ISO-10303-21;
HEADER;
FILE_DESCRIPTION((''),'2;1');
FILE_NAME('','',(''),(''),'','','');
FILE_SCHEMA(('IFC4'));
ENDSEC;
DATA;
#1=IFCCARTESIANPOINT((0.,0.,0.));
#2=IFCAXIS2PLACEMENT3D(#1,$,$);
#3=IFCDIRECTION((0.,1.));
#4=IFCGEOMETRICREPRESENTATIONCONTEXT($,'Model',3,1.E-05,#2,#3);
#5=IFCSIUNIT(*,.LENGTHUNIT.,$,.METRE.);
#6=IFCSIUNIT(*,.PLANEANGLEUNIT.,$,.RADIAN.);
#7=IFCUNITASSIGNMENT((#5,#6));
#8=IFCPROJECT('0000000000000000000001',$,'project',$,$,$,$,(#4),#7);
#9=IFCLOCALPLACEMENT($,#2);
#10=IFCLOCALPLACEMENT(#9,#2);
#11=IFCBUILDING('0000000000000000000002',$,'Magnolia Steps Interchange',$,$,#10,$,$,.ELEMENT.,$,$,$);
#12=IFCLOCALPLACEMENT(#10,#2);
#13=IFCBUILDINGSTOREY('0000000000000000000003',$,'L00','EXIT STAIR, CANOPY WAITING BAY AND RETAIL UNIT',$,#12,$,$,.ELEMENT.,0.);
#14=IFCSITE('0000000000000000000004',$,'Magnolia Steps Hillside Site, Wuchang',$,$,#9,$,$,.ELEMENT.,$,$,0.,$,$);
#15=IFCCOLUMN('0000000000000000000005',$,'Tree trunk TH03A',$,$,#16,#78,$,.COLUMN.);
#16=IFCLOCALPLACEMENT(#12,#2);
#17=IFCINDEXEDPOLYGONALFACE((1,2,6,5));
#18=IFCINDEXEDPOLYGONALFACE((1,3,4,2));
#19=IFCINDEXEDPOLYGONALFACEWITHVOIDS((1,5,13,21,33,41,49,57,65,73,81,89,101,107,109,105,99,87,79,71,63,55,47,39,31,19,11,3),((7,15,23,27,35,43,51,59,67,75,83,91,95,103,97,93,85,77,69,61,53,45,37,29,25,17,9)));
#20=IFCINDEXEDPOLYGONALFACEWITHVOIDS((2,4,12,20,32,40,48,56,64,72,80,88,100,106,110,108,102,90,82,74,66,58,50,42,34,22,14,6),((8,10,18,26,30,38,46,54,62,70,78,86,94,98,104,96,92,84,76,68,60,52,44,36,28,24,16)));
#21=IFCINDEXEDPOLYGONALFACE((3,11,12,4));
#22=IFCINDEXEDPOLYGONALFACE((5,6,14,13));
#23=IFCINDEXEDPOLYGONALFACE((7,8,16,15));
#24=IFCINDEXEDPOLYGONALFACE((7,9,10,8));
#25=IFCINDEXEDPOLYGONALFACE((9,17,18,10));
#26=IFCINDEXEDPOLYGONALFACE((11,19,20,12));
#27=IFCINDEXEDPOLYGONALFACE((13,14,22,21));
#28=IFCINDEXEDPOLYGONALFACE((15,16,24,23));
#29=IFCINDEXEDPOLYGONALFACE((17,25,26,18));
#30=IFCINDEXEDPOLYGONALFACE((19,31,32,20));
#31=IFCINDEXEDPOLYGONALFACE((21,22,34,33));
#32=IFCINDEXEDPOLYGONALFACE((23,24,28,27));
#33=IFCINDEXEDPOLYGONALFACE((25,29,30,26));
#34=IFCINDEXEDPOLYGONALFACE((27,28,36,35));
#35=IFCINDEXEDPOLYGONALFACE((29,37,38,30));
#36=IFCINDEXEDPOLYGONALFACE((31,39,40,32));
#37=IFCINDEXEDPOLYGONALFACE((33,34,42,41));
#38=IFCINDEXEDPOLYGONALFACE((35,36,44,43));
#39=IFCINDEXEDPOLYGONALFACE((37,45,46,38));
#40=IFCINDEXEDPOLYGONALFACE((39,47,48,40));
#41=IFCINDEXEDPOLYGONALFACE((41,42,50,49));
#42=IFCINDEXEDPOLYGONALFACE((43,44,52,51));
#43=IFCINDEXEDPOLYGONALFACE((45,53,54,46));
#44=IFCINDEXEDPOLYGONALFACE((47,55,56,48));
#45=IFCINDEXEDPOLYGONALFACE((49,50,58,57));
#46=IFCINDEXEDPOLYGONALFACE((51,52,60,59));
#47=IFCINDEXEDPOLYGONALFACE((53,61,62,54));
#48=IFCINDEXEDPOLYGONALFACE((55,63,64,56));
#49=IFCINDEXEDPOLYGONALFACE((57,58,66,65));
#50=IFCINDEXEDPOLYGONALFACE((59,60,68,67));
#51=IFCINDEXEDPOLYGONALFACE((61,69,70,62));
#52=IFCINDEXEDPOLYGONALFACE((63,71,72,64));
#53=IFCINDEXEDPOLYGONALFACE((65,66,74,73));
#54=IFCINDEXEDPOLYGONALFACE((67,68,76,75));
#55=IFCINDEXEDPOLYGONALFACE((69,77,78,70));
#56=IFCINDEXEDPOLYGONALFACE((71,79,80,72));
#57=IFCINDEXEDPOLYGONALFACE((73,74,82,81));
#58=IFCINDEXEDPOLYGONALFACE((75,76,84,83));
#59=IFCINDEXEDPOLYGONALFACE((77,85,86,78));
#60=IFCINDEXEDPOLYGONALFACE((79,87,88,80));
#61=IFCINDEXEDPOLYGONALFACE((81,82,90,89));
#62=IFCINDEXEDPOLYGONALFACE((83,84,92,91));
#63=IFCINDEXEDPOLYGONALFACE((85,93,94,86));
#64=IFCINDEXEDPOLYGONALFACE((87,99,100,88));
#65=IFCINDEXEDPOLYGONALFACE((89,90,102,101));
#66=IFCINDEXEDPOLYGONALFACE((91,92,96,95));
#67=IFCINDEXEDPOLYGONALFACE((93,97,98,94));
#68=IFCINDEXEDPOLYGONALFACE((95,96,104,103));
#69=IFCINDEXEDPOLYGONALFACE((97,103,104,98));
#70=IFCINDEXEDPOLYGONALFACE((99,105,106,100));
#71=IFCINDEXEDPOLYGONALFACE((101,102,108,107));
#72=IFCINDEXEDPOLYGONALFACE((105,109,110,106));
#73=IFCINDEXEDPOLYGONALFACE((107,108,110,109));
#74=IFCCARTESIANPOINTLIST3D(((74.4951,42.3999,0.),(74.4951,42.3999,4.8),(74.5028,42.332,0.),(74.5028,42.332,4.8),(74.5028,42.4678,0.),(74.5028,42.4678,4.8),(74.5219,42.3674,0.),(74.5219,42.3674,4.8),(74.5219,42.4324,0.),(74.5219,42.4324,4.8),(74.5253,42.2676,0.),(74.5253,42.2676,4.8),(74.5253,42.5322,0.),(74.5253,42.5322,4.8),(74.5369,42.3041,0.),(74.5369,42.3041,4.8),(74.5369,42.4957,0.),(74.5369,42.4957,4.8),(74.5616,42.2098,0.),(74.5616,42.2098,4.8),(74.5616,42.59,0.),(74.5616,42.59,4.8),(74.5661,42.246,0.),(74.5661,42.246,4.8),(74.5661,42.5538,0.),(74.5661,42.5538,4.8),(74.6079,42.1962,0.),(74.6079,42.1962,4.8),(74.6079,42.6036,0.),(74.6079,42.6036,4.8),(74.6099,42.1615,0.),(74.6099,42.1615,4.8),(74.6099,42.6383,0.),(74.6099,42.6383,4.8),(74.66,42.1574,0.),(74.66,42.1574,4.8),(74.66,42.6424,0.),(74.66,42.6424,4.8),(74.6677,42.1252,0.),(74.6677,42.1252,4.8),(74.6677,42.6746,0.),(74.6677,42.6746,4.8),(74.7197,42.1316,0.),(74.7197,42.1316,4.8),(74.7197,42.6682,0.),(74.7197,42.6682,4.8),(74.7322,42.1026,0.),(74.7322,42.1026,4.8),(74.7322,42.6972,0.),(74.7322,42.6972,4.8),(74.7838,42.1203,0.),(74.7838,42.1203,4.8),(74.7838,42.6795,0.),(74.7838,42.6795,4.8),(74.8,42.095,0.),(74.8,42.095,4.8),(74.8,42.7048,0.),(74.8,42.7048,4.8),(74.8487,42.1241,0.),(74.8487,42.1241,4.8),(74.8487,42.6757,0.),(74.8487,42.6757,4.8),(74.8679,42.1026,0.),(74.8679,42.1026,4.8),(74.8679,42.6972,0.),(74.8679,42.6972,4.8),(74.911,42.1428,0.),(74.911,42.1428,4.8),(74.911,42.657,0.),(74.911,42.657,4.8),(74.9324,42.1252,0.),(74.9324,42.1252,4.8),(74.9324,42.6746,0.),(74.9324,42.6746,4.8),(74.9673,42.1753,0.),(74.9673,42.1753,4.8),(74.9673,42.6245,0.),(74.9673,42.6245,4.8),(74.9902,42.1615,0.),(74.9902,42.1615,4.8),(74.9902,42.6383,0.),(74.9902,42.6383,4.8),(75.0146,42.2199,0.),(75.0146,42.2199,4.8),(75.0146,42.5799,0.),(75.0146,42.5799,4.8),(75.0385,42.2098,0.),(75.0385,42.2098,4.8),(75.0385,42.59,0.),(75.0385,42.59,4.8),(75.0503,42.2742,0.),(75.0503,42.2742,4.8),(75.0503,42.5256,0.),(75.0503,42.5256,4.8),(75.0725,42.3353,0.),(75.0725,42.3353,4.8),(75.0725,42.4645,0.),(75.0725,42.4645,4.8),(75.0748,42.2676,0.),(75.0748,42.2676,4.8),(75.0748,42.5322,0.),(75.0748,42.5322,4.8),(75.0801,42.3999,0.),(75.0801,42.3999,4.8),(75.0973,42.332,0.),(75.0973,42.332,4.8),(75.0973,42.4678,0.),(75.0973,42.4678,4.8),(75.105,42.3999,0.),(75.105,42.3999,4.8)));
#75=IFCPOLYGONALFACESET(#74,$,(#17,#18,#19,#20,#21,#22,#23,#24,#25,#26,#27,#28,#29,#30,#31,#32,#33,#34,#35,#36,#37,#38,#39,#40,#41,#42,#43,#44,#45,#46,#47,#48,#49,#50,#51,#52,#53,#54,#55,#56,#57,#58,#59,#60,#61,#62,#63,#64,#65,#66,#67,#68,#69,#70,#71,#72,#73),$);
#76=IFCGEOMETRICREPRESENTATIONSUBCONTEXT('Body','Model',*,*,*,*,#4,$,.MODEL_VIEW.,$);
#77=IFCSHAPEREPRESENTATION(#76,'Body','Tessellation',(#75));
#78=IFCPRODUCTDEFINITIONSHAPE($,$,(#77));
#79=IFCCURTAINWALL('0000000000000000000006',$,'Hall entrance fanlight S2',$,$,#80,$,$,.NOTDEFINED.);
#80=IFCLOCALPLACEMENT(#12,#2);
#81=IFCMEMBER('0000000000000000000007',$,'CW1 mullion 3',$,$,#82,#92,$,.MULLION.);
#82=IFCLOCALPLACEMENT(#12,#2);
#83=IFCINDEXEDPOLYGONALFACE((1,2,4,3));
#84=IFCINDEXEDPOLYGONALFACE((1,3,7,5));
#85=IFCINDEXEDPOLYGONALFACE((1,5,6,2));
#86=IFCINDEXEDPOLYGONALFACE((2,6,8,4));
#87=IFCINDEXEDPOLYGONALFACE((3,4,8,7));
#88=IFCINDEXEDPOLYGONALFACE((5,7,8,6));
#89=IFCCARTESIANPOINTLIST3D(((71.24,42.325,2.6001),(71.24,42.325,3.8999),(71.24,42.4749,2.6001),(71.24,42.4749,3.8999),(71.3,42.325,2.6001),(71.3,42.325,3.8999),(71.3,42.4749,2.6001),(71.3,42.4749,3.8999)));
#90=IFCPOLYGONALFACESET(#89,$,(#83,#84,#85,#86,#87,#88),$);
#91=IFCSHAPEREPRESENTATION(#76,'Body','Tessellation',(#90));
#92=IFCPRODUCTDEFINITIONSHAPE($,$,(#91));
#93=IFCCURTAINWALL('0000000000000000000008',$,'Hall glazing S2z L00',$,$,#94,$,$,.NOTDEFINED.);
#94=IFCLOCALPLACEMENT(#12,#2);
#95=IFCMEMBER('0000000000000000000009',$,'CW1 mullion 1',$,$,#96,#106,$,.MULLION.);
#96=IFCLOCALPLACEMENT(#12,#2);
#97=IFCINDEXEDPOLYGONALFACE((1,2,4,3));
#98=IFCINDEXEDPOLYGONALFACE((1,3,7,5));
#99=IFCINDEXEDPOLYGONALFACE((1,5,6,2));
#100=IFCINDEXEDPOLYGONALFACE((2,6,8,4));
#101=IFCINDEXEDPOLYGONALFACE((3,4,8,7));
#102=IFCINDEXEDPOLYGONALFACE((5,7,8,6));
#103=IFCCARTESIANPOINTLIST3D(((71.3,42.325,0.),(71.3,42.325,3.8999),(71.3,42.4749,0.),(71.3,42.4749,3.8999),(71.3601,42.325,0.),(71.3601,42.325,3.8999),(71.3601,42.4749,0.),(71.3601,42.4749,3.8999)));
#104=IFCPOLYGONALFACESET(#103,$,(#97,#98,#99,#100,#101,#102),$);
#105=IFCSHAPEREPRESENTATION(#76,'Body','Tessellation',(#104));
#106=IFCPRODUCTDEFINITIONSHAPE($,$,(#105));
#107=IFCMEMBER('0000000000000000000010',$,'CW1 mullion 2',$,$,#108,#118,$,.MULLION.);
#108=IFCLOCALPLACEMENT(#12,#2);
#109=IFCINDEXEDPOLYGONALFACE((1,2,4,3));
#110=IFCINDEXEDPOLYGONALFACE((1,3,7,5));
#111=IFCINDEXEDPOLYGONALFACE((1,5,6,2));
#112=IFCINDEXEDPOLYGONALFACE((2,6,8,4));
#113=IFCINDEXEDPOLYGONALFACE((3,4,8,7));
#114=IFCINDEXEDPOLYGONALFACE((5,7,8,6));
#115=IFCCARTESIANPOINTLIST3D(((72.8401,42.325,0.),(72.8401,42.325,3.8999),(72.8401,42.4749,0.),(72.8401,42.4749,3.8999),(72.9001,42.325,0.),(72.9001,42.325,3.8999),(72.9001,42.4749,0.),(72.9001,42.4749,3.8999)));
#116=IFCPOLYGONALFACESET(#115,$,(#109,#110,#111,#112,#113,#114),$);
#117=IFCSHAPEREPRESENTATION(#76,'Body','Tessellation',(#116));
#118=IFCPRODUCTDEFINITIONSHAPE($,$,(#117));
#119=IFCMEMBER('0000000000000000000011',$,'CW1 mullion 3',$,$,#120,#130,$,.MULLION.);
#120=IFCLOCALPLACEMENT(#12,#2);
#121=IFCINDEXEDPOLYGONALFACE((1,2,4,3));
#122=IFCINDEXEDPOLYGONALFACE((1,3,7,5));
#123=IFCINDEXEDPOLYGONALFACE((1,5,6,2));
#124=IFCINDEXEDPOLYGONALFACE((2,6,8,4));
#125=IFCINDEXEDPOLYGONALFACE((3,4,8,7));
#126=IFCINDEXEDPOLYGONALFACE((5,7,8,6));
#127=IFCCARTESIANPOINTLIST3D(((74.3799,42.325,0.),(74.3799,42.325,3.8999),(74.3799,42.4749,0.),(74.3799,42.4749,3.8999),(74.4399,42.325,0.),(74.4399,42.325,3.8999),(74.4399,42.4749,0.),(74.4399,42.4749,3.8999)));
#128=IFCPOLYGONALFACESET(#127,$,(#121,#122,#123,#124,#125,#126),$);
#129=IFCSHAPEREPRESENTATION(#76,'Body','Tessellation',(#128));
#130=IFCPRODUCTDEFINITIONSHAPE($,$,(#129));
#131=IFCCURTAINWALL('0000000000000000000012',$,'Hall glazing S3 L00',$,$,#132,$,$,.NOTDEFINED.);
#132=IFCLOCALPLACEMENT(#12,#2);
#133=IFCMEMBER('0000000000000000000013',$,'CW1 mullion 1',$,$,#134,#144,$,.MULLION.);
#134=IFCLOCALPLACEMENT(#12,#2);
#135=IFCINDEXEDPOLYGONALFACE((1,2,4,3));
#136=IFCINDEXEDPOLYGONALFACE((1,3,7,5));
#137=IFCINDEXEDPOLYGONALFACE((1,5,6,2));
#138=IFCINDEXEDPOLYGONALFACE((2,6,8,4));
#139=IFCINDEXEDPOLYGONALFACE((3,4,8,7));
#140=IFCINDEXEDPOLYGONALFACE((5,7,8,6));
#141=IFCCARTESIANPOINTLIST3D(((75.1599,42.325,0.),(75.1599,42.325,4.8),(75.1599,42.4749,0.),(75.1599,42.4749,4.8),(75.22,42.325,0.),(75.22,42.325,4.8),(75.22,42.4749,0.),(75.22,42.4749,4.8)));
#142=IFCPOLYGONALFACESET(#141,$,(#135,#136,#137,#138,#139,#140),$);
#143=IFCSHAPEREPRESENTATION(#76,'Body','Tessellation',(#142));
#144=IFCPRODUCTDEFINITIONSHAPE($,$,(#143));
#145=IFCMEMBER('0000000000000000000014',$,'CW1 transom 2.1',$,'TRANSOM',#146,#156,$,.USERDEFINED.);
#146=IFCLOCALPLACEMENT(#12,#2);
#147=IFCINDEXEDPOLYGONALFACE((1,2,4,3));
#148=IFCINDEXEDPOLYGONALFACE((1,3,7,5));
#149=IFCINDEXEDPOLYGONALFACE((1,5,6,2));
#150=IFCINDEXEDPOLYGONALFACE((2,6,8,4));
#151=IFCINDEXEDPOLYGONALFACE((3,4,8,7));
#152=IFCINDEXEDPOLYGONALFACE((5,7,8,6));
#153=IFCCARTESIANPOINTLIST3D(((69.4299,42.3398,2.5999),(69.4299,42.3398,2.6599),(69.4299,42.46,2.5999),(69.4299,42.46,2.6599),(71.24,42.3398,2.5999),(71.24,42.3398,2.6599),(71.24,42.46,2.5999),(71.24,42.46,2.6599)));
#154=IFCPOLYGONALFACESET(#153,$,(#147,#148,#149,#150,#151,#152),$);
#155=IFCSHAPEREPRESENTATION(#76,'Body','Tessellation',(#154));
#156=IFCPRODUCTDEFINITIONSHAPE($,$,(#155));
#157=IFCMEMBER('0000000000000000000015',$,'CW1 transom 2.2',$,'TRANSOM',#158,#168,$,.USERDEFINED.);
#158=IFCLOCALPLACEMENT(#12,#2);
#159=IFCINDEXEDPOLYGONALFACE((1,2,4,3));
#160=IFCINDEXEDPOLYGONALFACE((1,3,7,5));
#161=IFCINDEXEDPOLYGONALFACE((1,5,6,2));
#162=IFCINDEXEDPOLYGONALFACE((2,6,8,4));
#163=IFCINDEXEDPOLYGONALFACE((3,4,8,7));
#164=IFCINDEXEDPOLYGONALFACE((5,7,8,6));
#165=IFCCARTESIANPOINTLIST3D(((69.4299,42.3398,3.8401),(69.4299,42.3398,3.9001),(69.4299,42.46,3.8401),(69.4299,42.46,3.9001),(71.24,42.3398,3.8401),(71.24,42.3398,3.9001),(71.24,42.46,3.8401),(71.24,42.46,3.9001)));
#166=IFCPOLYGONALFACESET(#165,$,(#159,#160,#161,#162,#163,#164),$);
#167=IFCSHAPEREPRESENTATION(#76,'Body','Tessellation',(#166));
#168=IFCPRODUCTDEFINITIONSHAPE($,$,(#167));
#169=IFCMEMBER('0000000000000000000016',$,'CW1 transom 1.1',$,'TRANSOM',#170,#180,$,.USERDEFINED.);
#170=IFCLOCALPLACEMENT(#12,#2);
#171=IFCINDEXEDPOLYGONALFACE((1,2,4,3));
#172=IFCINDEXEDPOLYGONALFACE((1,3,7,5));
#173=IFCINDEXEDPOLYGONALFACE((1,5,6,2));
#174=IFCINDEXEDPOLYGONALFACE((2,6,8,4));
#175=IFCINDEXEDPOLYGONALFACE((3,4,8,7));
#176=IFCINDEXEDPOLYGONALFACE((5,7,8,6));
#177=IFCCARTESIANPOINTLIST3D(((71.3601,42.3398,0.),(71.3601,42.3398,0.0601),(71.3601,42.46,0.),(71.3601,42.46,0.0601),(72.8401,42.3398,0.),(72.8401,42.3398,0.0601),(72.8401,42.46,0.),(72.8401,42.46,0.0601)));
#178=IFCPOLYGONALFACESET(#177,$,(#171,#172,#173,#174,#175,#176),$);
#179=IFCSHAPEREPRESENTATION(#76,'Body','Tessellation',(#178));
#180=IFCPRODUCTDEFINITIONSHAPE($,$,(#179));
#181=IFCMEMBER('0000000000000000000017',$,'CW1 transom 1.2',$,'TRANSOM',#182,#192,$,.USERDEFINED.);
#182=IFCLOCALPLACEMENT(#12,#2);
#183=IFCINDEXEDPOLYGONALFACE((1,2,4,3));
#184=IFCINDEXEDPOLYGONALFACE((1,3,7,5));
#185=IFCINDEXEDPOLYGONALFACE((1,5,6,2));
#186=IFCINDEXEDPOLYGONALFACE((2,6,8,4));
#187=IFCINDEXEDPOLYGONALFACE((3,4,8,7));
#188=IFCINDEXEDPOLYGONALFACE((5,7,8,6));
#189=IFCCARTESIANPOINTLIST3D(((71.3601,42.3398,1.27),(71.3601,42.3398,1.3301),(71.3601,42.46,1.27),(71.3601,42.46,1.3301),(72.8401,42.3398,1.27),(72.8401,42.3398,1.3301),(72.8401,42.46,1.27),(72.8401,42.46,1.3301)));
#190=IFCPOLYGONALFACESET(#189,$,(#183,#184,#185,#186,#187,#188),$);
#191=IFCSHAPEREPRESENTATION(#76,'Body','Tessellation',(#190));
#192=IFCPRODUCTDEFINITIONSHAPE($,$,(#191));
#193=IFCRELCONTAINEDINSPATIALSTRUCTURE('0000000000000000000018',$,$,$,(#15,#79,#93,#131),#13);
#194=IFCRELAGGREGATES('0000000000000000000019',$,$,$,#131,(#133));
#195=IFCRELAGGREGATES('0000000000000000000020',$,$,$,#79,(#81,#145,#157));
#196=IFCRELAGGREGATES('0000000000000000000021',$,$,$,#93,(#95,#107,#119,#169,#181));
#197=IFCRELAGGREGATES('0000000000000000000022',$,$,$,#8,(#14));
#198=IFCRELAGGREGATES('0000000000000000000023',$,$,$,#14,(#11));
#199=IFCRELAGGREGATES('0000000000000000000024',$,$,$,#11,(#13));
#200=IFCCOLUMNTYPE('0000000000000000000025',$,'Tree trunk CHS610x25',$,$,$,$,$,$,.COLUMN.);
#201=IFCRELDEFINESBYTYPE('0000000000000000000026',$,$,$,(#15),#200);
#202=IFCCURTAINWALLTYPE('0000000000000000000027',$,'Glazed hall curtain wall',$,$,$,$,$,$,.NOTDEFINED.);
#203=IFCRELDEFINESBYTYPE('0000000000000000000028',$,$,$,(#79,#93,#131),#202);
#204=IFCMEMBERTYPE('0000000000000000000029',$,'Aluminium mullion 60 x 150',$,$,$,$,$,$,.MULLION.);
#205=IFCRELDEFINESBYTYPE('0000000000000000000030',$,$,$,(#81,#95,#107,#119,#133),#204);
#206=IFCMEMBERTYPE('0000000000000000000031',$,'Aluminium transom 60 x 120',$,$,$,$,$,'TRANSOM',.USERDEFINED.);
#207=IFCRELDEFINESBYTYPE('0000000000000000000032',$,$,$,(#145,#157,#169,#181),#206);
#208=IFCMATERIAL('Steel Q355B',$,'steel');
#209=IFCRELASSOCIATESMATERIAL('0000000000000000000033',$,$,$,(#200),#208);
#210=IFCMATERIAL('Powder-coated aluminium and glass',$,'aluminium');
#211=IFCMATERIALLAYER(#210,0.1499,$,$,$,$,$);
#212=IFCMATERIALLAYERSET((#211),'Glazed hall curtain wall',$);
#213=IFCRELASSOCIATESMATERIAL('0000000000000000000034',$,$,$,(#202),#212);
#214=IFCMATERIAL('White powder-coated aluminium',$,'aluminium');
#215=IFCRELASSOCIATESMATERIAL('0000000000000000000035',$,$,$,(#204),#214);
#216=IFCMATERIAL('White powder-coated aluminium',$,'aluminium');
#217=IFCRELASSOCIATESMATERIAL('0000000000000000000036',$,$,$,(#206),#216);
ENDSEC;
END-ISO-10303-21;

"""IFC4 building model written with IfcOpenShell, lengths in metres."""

from ifc_helpers import new_model, si_unit, direction, frame, origin, origin_2d, place, context, subcontext, project, spatial, rectangle, hollow_circle, extrude, material, layer, layer_set, material_profile, profile_set, type_object, element, aggregate, save


model = new_model("IFC4")

# Units and contexts
model_context = context("Model", 3, precision=1e-05, world=origin(), true_north=direction((0.0, 1.0)))
body_context = subcontext(model_context, "Body", "Model", "MODEL_VIEW")
ifc_project = project(units=[si_unit("LENGTHUNIT", "METRE"), si_unit("PLANEANGLEUNIT", "RADIAN")], contexts=[model_context])

# Site, building, storey
site_placement = place(None, origin())
site = spatial("IfcSite", under=ifc_project, at=site_placement, Name="Magnolia Steps Hillside Site, Wuchang", CompositionType="ELEMENT", RefElevation=0.0)
building_placement = place(site_placement, origin())
building = spatial("IfcBuilding", under=site, at=building_placement, Name="Magnolia Steps Interchange", CompositionType="ELEMENT")
storey_placement = place(building_placement, origin())
storey = spatial("IfcBuildingStorey", under=building, at=storey_placement, Name="L00", Description="EXIT STAIR, CANOPY WAITING BAY AND RETAIL UNIT", CompositionType="ELEMENT", Elevation=0.0)

# Column
ifc_material_1 = material(Name="Steel Q355B", Category="steel")
ifc_material_profile_1 = material_profile(ifc_material_1, hollow_circle(Radius=0.3049, WallThickness=0.0249, at=origin_2d()), Name="CHS610x25")
ifc_profile_set_1 = profile_set([ifc_material_profile_1], Name="Steel Q355B")
column_type = type_object("IfcColumnType", Name="Tree trunk CHS610x25", PredefinedType="COLUMN", material=ifc_profile_set_1)
column_placement = place(storey_placement, frame((74.8, 42.3999, 0.0), z_axis=(0.0, 0.0, 1.0), x_axis=(1.0, 0.0, 0.0)))
element("IfcColumn", 1, at=column_placement, inside=storey, type_object=column_type, Name="Tree trunk TH03A", PredefinedType="COLUMN", context=body_context, shape_type="SweptSolid", body=[
    extrude(hollow_circle(Radius=0.3049, WallThickness=0.0249, at=origin_2d()), origin(), (0.0, 0.0, 1.0), 4.8),
])

# Curtain wall, member
ifc_material_2 = material(Name="Powder-coated aluminium and glass", Category="aluminium")
ifc_layer_1 = layer(ifc_material_2, 0.1499)
ifc_layer_set_1 = layer_set([ifc_layer_1], Name="Glazed hall curtain wall")
curtain_wall_type = type_object("IfcCurtainWallType", Name="Glazed hall curtain wall", PredefinedType="NOTDEFINED", material=ifc_layer_set_1)
curtain_wall_1_placement = place(storey_placement, origin())
curtain_wall_1 = element("IfcCurtainWall", 2, at=curtain_wall_1_placement, inside=storey, type_object=curtain_wall_type, Name="Hall entrance fanlight S2", PredefinedType="NOTDEFINED")
ifc_material_3 = material(Name="White powder-coated aluminium", Category="aluminium")
ifc_material_profile_2 = material_profile(ifc_material_3, rectangle(XDim=0.0601, YDim=0.1499, at=origin_2d()), Name="Aluminium mullion 60 x 150")
ifc_profile_set_2 = profile_set([ifc_material_profile_2], Name="White powder-coated aluminium")
member_type_1 = type_object("IfcMemberType", Name="Aluminium mullion 60 x 150", PredefinedType="MULLION", material=ifc_profile_set_2)
member_1_placement = place(storey_placement, frame((71.27, 42.3999, 2.6001), z_axis=(0.0, 0.0, 1.0), x_axis=(1.0, 0.0, 0.0)))
member_1 = element("IfcMember", 3, at=member_1_placement, type_object=member_type_1, Name="CW1 mullion 3", PredefinedType="MULLION", context=body_context, shape_type="SweptSolid", body=[
    extrude(rectangle(XDim=0.0601, YDim=0.1499, at=origin_2d()), origin(), (0.0, 0.0, 1.0), 1.2998),
])

# Curtain wall, members
curtain_wall_2_placement = place(storey_placement, origin())
curtain_wall_2 = element("IfcCurtainWall", 4, at=curtain_wall_2_placement, inside=storey, type_object=curtain_wall_type, Name="Hall glazing S2z L00", PredefinedType="NOTDEFINED")
member_2_placement = place(storey_placement, frame((71.3301, 42.3999, 0.0), z_axis=(0.0, 0.0, 1.0), x_axis=(1.0, 0.0, 0.0)))
member_2 = element("IfcMember", 5, at=member_2_placement, type_object=member_type_1, Name="CW1 mullion 1", PredefinedType="MULLION", context=body_context, shape_type="SweptSolid", body=[
    extrude(rectangle(XDim=0.0601, YDim=0.1499, at=origin_2d()), origin(), (0.0, 0.0, 1.0), 3.8999),
])
member_3_placement = place(storey_placement, frame((72.8701, 42.3999, 0.0), z_axis=(0.0, 0.0, 1.0), x_axis=(1.0, 0.0, 0.0)))
member_3 = element("IfcMember", 6, at=member_3_placement, type_object=member_type_1, Name="CW1 mullion 2", PredefinedType="MULLION", context=body_context, shape_type="SweptSolid", body=[
    extrude(rectangle(XDim=0.0601, YDim=0.1499, at=origin_2d()), origin(), (0.0, 0.0, 1.0), 3.8999),
])
member_4_placement = place(storey_placement, frame((74.4099, 42.3999, 0.0), z_axis=(0.0, 0.0, 1.0), x_axis=(1.0, 0.0, 0.0)))
member_4 = element("IfcMember", 7, at=member_4_placement, type_object=member_type_1, Name="CW1 mullion 3", PredefinedType="MULLION", context=body_context, shape_type="SweptSolid", body=[
    extrude(rectangle(XDim=0.0601, YDim=0.1499, at=origin_2d()), origin(), (0.0, 0.0, 1.0), 3.8999),
])

# Curtain wall, member
curtain_wall_3_placement = place(storey_placement, origin())
curtain_wall_3 = element("IfcCurtainWall", 8, at=curtain_wall_3_placement, inside=storey, type_object=curtain_wall_type, Name="Hall glazing S3 L00", PredefinedType="NOTDEFINED")
member_5_placement = place(storey_placement, frame((75.1899, 42.3999, 0.0), z_axis=(0.0, 0.0, 1.0), x_axis=(1.0, 0.0, 0.0)))
member_5 = element("IfcMember", 9, at=member_5_placement, type_object=member_type_1, Name="CW1 mullion 1", PredefinedType="MULLION", context=body_context, shape_type="SweptSolid", body=[
    extrude(rectangle(XDim=0.0601, YDim=0.1499, at=origin_2d()), origin(), (0.0, 0.0, 1.0), 4.8),
])

# Members
ifc_material_4 = material(Name="White powder-coated aluminium", Category="aluminium")
ifc_material_profile_3 = material_profile(ifc_material_4, rectangle(XDim=0.0601, YDim=0.1201, at=origin_2d()), Name="Aluminium transom 60 x 120")
ifc_profile_set_3 = profile_set([ifc_material_profile_3], Name="White powder-coated aluminium")
member_type_2 = type_object("IfcMemberType", Name="Aluminium transom 60 x 120", ElementType="TRANSOM", PredefinedType="USERDEFINED", material=ifc_profile_set_3)
member_6_placement = place(storey_placement, frame((69.4299, 42.3999, 2.6299), z_axis=(1.0, 0.0, 0.0), x_axis=(0.0, 0.0, 1.0)))
member_6 = element("IfcMember", 10, at=member_6_placement, type_object=member_type_2, Name="CW1 transom 2.1", ObjectType="TRANSOM", PredefinedType="USERDEFINED", context=body_context, shape_type="SweptSolid", body=[
    extrude(rectangle(XDim=0.0601, YDim=0.1201, at=origin_2d()), origin(), (0.0, 0.0, 1.0), 1.8101),
])
member_7_placement = place(storey_placement, frame((69.4299, 42.3999, 3.8701), z_axis=(1.0, 0.0, 0.0), x_axis=(0.0, 0.0, 1.0)))
member_7 = element("IfcMember", 11, at=member_7_placement, type_object=member_type_2, Name="CW1 transom 2.2", ObjectType="TRANSOM", PredefinedType="USERDEFINED", context=body_context, shape_type="SweptSolid", body=[
    extrude(rectangle(XDim=0.0601, YDim=0.1201, at=origin_2d()), origin(), (0.0, 0.0, 1.0), 1.8101),
])
member_8_placement = place(storey_placement, frame((71.3601, 42.3999, 0.03), z_axis=(1.0, 0.0, 0.0), x_axis=(0.0, 0.0, 1.0)))
member_8 = element("IfcMember", 12, at=member_8_placement, type_object=member_type_2, Name="CW1 transom 1.1", ObjectType="TRANSOM", PredefinedType="USERDEFINED", context=body_context, shape_type="SweptSolid", body=[
    extrude(rectangle(XDim=0.0601, YDim=0.1201, at=origin_2d()), origin(), (0.0, 0.0, 1.0), 1.48),
])
member_9_placement = place(storey_placement, frame((71.3601, 42.3999, 1.3), z_axis=(1.0, 0.0, 0.0), x_axis=(0.0, 0.0, 1.0)))
member_9 = element("IfcMember", 13, at=member_9_placement, type_object=member_type_2, Name="CW1 transom 1.2", ObjectType="TRANSOM", PredefinedType="USERDEFINED", context=body_context, shape_type="SweptSolid", body=[
    extrude(rectangle(XDim=0.0601, YDim=0.1201, at=origin_2d()), origin(), (0.0, 0.0, 1.0), 1.48),
])
aggregate(curtain_wall_3, [member_5])

aggregate(curtain_wall_1, [member_1, member_6, member_7])
aggregate(curtain_wall_2, [member_2, member_3, member_4, member_8, member_9])

save(model, "model.ifc")
